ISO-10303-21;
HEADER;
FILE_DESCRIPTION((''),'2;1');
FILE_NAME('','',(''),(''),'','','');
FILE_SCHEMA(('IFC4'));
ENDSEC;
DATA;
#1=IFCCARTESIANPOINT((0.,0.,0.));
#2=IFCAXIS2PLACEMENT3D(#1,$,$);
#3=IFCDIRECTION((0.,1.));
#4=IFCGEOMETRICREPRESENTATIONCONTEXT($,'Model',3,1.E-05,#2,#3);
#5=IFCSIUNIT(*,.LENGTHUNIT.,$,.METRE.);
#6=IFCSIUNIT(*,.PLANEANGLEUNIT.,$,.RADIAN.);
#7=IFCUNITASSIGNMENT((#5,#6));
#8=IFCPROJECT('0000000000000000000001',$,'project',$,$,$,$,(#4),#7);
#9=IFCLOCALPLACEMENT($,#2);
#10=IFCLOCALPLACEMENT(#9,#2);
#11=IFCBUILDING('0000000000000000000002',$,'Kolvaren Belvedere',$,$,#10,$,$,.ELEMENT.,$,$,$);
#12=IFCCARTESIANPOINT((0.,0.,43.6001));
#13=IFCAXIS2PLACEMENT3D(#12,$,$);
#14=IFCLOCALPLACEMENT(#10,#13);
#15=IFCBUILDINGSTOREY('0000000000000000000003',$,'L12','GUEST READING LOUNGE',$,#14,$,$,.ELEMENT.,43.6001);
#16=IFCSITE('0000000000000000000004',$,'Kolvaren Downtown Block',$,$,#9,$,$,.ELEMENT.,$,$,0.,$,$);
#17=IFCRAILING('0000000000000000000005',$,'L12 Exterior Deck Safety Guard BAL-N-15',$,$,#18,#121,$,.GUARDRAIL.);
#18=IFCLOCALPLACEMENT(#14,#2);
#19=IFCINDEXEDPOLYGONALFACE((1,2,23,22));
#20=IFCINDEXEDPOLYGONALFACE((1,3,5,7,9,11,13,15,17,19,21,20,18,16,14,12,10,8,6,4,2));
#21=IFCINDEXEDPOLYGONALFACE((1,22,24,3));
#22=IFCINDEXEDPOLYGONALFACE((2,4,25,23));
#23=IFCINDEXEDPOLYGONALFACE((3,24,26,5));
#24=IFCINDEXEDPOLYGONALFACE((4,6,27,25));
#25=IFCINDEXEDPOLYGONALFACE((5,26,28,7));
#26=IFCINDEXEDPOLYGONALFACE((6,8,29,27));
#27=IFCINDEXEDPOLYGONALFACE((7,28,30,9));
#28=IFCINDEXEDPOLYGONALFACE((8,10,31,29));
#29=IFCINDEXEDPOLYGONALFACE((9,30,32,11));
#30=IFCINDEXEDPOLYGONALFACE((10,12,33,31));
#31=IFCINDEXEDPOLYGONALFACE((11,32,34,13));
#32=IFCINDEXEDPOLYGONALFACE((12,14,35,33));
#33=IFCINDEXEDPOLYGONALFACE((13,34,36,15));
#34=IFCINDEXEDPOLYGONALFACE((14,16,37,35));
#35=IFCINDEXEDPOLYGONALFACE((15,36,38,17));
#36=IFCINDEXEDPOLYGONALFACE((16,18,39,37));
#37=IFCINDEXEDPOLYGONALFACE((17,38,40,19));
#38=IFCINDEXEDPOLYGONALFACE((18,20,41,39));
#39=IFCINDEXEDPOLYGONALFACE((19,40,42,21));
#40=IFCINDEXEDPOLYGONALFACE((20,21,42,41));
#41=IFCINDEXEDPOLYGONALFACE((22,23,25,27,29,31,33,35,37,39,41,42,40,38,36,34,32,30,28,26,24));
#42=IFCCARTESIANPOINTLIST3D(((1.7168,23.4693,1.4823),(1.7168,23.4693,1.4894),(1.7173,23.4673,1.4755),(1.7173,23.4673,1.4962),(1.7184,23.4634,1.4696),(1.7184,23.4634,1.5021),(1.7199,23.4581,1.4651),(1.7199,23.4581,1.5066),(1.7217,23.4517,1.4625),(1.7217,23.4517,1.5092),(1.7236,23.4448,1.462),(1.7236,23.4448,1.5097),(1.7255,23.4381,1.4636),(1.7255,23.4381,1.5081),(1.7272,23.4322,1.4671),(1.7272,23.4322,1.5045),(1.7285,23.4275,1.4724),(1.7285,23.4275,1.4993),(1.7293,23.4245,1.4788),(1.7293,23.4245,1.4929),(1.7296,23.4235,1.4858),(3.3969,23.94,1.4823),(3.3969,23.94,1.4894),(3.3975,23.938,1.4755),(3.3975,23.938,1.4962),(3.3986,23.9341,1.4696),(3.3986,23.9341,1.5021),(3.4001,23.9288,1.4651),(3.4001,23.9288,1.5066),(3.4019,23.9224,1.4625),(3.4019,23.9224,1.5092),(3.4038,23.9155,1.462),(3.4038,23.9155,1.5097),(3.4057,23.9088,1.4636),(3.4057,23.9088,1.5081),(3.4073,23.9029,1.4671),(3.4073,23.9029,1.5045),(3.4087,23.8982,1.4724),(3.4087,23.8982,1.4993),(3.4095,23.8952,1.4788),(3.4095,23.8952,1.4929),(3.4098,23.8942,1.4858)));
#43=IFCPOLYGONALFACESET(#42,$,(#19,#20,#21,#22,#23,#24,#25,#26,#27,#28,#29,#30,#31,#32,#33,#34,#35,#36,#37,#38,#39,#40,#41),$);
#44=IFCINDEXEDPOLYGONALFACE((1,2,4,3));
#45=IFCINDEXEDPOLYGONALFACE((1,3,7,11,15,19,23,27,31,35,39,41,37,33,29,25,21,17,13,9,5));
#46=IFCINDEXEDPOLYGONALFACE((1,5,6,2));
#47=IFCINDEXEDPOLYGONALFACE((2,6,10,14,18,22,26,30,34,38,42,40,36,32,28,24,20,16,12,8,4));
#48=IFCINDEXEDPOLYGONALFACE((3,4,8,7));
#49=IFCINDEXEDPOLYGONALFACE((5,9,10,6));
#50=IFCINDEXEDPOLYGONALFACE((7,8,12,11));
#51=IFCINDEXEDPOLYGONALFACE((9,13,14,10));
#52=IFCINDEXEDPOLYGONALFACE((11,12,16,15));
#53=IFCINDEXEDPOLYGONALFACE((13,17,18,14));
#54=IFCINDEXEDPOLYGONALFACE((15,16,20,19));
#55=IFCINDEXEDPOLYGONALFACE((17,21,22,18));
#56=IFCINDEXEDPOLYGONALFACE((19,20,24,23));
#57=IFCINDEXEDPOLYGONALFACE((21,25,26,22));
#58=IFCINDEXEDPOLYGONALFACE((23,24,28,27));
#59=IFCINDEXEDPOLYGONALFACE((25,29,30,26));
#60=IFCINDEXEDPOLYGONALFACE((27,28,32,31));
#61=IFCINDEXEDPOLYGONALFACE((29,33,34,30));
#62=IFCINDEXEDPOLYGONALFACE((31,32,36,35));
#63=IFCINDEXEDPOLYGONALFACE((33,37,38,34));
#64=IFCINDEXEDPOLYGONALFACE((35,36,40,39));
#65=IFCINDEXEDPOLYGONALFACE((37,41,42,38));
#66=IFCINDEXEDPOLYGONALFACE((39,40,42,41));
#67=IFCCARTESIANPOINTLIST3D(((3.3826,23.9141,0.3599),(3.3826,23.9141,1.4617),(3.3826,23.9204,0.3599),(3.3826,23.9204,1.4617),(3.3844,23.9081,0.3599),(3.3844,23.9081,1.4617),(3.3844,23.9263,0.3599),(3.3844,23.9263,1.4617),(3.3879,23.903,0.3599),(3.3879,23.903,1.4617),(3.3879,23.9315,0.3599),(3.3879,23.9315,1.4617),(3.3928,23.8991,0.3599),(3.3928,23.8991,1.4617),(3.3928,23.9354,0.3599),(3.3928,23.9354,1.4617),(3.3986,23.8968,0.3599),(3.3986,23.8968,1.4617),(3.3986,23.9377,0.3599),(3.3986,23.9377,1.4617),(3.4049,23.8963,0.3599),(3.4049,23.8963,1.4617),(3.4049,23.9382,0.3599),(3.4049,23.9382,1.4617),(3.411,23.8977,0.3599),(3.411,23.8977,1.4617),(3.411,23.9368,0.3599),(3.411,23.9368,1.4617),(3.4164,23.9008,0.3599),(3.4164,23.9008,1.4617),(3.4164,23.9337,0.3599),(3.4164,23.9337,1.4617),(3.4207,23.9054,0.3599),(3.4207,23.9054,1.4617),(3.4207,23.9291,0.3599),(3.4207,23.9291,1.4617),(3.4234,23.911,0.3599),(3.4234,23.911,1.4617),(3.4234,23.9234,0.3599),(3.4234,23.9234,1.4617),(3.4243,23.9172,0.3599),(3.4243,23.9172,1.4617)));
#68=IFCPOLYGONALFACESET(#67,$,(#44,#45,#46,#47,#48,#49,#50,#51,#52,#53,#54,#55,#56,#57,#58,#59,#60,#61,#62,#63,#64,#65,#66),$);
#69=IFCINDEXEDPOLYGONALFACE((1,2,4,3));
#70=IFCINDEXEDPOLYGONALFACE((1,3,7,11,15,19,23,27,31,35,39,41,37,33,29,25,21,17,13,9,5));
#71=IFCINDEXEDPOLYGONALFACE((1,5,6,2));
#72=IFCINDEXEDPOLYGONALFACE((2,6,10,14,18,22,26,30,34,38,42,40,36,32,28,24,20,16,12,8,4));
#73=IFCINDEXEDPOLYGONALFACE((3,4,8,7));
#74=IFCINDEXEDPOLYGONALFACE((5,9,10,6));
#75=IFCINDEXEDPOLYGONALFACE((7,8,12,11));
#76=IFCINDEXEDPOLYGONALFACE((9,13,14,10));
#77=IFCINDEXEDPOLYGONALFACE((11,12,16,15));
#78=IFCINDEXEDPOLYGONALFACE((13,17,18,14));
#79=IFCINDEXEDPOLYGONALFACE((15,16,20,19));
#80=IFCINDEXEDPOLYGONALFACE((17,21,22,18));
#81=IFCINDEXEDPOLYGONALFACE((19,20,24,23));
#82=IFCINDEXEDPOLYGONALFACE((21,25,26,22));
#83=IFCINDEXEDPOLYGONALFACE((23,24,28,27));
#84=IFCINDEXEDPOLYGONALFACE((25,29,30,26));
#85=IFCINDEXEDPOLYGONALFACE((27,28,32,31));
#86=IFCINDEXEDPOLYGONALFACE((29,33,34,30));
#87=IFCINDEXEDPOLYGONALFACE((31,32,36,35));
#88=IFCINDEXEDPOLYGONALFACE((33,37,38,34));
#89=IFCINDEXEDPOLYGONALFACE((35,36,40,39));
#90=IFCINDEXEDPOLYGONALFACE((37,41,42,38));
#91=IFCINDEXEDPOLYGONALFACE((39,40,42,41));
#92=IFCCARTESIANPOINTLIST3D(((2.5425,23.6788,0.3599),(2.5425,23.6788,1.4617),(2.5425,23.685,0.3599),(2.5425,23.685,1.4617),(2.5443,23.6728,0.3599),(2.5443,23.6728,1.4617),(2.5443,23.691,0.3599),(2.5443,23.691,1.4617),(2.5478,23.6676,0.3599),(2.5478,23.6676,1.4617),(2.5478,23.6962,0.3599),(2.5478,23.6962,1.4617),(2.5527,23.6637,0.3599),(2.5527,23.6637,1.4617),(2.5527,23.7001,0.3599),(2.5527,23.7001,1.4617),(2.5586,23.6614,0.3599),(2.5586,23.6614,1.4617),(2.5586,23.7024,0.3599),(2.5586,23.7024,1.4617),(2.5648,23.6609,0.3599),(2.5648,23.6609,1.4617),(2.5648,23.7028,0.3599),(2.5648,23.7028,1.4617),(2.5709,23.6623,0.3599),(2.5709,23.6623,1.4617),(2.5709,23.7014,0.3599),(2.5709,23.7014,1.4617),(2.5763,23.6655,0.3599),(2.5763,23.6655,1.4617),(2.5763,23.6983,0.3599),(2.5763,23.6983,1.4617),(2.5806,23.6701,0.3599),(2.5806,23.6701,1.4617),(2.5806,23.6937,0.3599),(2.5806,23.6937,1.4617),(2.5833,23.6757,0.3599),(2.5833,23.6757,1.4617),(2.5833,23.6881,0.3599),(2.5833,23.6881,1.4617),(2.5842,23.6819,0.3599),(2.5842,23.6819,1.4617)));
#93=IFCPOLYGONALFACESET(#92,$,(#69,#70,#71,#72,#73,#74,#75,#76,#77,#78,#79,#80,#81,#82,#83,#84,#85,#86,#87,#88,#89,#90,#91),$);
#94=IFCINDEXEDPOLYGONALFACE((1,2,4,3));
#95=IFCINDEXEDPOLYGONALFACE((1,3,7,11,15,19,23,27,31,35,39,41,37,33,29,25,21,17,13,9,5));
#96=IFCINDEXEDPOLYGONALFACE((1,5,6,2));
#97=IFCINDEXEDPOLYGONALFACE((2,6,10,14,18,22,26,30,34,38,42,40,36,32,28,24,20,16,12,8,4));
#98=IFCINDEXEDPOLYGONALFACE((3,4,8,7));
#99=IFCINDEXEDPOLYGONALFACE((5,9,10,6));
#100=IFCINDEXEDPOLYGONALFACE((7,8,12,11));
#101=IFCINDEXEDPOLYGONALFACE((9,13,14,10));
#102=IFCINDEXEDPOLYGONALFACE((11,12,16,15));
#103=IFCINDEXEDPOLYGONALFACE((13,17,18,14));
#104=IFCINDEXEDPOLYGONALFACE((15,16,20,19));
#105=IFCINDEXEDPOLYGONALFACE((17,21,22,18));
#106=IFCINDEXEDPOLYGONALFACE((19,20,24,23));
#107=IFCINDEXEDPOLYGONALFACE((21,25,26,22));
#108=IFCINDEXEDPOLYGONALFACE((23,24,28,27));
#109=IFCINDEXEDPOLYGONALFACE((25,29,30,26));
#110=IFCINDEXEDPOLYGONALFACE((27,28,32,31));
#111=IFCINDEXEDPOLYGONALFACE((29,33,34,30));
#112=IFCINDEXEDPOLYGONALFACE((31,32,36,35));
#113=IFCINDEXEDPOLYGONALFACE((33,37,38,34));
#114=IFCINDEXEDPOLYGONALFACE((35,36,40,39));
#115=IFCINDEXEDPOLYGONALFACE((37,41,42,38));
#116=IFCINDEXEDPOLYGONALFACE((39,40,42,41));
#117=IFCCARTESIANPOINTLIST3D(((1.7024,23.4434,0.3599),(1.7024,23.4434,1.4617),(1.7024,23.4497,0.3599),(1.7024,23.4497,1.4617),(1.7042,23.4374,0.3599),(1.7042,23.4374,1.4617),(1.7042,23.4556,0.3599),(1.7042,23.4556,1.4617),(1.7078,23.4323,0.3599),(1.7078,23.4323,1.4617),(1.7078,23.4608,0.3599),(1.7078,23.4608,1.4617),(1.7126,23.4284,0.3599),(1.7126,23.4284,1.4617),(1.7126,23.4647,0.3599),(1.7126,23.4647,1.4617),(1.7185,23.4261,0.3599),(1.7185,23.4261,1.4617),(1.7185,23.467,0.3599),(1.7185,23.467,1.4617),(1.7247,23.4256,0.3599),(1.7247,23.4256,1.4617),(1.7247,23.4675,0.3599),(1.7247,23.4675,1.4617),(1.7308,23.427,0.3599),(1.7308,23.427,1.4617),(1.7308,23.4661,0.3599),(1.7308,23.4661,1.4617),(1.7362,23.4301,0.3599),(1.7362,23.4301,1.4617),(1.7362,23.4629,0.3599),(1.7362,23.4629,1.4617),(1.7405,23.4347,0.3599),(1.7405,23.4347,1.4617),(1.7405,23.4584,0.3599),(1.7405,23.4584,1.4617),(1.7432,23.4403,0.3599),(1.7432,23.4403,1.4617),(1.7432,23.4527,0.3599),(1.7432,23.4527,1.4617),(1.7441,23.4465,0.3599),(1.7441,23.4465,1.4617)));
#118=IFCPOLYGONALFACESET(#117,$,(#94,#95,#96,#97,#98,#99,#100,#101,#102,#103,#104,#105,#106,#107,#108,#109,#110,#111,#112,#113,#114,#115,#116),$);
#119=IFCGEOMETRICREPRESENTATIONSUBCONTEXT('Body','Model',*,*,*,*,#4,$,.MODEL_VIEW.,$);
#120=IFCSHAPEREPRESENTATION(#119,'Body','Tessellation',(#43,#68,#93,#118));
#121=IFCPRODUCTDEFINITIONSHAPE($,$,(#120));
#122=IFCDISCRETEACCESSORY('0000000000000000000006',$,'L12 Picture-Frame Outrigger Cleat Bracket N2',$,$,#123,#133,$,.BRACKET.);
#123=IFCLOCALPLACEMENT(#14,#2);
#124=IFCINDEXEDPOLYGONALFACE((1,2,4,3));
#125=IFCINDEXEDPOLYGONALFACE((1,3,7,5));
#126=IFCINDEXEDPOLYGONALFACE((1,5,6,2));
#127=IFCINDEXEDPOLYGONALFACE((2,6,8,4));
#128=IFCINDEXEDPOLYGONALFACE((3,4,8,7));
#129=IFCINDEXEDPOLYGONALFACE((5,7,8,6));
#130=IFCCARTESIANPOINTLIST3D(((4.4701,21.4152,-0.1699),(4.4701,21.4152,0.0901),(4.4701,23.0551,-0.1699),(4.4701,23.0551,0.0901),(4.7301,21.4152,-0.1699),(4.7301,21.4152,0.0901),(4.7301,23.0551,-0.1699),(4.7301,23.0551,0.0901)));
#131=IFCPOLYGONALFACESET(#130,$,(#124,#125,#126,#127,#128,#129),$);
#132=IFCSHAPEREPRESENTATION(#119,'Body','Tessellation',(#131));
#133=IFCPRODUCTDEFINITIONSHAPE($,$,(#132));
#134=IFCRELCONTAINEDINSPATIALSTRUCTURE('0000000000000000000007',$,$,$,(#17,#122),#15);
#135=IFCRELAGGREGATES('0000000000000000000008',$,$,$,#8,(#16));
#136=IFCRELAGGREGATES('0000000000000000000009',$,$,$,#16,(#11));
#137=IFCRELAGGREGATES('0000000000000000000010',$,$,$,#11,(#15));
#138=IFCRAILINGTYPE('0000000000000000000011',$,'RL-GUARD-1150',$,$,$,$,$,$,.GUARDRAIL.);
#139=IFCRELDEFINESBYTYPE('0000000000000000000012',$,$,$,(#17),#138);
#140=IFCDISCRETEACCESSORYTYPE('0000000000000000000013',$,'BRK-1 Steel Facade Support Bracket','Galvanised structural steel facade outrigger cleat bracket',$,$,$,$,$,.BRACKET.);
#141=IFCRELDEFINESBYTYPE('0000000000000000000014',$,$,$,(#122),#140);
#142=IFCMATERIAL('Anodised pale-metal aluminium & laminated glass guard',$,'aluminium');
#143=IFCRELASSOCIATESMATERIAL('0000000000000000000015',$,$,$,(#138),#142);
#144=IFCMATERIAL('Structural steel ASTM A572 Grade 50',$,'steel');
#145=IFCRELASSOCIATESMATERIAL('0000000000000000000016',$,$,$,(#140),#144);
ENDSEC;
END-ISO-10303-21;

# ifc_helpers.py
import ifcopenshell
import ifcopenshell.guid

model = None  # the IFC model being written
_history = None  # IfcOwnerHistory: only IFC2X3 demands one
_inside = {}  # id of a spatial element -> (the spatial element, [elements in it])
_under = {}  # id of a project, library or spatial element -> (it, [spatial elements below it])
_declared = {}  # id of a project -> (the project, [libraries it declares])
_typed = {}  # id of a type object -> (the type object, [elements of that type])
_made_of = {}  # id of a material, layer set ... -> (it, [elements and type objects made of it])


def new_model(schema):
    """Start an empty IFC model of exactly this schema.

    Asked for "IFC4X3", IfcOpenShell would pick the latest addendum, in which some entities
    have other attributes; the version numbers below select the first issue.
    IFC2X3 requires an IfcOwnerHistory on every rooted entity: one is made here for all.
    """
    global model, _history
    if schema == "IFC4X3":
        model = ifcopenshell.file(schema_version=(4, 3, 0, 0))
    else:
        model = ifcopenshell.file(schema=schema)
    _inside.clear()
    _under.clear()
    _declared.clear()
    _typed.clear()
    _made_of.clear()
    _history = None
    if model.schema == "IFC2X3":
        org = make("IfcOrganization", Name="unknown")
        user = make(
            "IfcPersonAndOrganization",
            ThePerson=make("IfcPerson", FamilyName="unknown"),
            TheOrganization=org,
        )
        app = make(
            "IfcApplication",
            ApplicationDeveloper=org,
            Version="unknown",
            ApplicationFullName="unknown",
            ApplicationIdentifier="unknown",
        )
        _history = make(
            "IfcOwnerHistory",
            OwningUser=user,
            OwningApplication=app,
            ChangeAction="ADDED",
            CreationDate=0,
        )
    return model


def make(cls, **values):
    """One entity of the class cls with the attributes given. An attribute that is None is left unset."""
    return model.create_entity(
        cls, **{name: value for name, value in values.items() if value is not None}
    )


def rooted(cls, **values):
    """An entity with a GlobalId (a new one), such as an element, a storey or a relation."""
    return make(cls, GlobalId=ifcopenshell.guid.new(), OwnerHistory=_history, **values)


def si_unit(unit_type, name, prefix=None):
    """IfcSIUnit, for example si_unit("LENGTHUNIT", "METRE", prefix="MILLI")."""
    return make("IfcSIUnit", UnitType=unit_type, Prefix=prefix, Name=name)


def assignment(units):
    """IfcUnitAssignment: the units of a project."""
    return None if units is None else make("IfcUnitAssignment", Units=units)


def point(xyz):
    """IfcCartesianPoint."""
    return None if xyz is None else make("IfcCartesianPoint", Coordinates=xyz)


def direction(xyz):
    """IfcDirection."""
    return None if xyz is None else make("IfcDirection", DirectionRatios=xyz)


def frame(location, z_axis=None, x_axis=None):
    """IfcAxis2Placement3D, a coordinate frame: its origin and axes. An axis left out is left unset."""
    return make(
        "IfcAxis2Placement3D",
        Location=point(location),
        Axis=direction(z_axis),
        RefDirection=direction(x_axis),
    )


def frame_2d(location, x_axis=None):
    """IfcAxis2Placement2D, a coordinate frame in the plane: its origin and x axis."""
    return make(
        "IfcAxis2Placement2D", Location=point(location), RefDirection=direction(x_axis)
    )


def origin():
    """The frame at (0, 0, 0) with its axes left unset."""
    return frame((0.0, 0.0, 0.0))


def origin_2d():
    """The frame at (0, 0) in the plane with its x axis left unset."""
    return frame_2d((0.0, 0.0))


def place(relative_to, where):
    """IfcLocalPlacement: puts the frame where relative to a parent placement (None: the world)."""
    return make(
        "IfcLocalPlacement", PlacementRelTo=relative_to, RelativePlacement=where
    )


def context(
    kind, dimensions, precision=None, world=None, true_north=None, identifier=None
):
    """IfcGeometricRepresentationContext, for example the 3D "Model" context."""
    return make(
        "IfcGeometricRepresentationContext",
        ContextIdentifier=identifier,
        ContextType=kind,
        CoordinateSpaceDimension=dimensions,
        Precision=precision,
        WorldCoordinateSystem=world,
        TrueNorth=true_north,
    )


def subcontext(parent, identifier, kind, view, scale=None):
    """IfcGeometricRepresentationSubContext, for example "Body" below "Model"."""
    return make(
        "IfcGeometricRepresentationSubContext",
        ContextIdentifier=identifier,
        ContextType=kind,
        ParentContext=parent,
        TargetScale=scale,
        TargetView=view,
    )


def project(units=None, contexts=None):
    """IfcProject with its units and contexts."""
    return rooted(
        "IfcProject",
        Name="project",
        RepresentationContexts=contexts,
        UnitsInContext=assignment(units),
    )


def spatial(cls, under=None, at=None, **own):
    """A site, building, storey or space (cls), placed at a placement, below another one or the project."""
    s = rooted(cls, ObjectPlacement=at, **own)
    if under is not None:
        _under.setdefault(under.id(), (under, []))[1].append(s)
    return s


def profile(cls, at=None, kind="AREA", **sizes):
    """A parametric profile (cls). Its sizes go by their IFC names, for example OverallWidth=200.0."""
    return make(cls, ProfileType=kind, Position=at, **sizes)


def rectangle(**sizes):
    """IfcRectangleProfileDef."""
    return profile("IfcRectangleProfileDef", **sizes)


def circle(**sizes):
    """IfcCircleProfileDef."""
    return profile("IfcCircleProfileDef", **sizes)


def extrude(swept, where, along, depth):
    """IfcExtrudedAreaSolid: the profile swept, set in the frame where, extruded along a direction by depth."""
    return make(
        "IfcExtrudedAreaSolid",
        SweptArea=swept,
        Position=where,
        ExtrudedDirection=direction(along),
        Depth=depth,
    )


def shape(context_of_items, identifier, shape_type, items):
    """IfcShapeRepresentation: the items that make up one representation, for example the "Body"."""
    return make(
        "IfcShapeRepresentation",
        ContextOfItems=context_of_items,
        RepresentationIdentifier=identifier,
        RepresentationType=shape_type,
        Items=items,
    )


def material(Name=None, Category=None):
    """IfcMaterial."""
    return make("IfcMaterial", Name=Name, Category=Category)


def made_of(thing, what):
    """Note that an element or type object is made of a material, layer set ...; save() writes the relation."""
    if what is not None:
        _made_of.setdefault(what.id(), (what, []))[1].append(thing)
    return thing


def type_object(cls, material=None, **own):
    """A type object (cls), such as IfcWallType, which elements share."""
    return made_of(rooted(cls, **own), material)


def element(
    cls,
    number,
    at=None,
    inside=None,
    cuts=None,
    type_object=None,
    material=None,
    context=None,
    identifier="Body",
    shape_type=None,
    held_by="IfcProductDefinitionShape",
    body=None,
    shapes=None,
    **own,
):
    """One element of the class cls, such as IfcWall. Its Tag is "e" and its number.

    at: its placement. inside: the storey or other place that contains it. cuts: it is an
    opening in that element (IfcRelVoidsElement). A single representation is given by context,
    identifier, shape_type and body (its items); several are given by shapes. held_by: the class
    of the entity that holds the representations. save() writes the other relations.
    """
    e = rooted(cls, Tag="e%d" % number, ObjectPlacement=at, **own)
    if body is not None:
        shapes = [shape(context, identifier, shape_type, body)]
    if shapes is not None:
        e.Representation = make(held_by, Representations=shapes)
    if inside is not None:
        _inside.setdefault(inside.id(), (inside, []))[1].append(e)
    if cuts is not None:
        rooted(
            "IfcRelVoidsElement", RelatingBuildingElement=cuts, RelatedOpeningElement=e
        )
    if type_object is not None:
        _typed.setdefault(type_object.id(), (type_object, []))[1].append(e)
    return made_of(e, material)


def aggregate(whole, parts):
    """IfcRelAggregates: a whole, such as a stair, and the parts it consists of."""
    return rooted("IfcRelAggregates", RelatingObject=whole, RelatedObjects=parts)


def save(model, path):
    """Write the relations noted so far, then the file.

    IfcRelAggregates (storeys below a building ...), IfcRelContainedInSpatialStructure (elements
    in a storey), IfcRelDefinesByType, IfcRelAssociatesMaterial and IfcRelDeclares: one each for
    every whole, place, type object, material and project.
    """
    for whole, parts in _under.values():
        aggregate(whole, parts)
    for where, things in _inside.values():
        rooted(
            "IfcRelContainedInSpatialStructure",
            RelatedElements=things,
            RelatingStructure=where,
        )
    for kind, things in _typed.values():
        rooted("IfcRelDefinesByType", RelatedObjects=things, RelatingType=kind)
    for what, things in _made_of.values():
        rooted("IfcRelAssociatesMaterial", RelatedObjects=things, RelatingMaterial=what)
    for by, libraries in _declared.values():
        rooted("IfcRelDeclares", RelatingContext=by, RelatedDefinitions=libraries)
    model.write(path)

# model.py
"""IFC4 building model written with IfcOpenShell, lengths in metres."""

from ifc_helpers import new_model, si_unit, direction, frame, origin, origin_2d, place, context, subcontext, project, spatial, rectangle, circle, extrude, material, type_object, element, save


model = new_model("IFC4")

# Units and contexts
model_context = context("Model", 3, precision=1e-05, world=origin(), true_north=direction((0.0, 1.0)))
body_context = subcontext(model_context, "Body", "Model", "MODEL_VIEW")
ifc_project = project(units=[si_unit("LENGTHUNIT", "METRE"), si_unit("PLANEANGLEUNIT", "RADIAN")], contexts=[model_context])

# Site, building, storey
site_placement = place(None, origin())
site = spatial("IfcSite", under=ifc_project, at=site_placement, Name="Kolvaren Downtown Block", CompositionType="ELEMENT", RefElevation=0.0)
building_placement = place(site_placement, origin())
building = spatial("IfcBuilding", under=site, at=building_placement, Name="Kolvaren Belvedere", CompositionType="ELEMENT")
storey_placement = place(building_placement, frame((0.0, 0.0, 43.6001)))
storey = spatial("IfcBuildingStorey", under=building, at=storey_placement, Name="L12", Description="GUEST READING LOUNGE", CompositionType="ELEMENT", Elevation=43.6001)

# Railing
ifc_material_1 = material(Name="Anodised pale-metal aluminium & laminated glass guard", Category="aluminium")
railing_type = type_object("IfcRailingType", Name="RL-GUARD-1150", PredefinedType="GUARDRAIL", material=ifc_material_1)
railing_1_placement = place(storey_placement, frame((3.4033, 23.9172, 0.3599)))
element("IfcRailing", 1, at=railing_1_placement, inside=storey, type_object=railing_type, Name="L12 Exterior Deck Safety Guard BAL-N-15", PredefinedType="GUARDRAIL", context=body_context, shape_type="SweptSolid", body=[
    extrude(circle(Radius=0.0239, at=origin_2d()), frame((0.0, 0.0, 1.126), z_axis=(-0.962926, -0.269765, 0.0), x_axis=(0.269765, -0.962926, 0.0)), (0.0, 0.0, 1.0), 1.7449),
    extrude(circle(Radius=0.021, at=origin_2d()), origin(), (0.0, 0.0, 1.0), 1.1018),
    extrude(circle(Radius=0.021, at=origin_2d()), frame((-0.8401, -0.2354, 0.0)), (0.0, 0.0, 1.0), 1.1018),
    extrude(circle(Radius=0.021, at=origin_2d()), frame((-1.6802, -0.4707, 0.0)), (0.0, 0.0, 1.0), 1.1018),
])

# Discrete accessory
ifc_material_2 = material(Name="Structural steel ASTM A572 Grade 50", Category="steel")
discrete_accessory_type = type_object("IfcDiscreteAccessoryType", Name="BRK-1 Steel Facade Support Bracket", Description="Galvanised structural steel facade outrigger cleat bracket", PredefinedType="BRACKET", material=ifc_material_2)
discrete_accessory_placement = place(storey_placement, frame((4.6001, 22.2351, -0.1699), z_axis=(0.0, 0.0, 1.0), x_axis=(0.0, 1.0, 0.0)))
element("IfcDiscreteAccessory", 2, at=discrete_accessory_placement, inside=storey, type_object=discrete_accessory_type, Name="L12 Picture-Frame Outrigger Cleat Bracket N2", PredefinedType="BRACKET", context=body_context, shape_type="SweptSolid", body=[
    extrude(rectangle(XDim=1.6399, YDim=0.26, at=origin_2d()), origin(), (0.0, 0.0, 1.0), 0.26),
])

save(model, "model.ifc")
